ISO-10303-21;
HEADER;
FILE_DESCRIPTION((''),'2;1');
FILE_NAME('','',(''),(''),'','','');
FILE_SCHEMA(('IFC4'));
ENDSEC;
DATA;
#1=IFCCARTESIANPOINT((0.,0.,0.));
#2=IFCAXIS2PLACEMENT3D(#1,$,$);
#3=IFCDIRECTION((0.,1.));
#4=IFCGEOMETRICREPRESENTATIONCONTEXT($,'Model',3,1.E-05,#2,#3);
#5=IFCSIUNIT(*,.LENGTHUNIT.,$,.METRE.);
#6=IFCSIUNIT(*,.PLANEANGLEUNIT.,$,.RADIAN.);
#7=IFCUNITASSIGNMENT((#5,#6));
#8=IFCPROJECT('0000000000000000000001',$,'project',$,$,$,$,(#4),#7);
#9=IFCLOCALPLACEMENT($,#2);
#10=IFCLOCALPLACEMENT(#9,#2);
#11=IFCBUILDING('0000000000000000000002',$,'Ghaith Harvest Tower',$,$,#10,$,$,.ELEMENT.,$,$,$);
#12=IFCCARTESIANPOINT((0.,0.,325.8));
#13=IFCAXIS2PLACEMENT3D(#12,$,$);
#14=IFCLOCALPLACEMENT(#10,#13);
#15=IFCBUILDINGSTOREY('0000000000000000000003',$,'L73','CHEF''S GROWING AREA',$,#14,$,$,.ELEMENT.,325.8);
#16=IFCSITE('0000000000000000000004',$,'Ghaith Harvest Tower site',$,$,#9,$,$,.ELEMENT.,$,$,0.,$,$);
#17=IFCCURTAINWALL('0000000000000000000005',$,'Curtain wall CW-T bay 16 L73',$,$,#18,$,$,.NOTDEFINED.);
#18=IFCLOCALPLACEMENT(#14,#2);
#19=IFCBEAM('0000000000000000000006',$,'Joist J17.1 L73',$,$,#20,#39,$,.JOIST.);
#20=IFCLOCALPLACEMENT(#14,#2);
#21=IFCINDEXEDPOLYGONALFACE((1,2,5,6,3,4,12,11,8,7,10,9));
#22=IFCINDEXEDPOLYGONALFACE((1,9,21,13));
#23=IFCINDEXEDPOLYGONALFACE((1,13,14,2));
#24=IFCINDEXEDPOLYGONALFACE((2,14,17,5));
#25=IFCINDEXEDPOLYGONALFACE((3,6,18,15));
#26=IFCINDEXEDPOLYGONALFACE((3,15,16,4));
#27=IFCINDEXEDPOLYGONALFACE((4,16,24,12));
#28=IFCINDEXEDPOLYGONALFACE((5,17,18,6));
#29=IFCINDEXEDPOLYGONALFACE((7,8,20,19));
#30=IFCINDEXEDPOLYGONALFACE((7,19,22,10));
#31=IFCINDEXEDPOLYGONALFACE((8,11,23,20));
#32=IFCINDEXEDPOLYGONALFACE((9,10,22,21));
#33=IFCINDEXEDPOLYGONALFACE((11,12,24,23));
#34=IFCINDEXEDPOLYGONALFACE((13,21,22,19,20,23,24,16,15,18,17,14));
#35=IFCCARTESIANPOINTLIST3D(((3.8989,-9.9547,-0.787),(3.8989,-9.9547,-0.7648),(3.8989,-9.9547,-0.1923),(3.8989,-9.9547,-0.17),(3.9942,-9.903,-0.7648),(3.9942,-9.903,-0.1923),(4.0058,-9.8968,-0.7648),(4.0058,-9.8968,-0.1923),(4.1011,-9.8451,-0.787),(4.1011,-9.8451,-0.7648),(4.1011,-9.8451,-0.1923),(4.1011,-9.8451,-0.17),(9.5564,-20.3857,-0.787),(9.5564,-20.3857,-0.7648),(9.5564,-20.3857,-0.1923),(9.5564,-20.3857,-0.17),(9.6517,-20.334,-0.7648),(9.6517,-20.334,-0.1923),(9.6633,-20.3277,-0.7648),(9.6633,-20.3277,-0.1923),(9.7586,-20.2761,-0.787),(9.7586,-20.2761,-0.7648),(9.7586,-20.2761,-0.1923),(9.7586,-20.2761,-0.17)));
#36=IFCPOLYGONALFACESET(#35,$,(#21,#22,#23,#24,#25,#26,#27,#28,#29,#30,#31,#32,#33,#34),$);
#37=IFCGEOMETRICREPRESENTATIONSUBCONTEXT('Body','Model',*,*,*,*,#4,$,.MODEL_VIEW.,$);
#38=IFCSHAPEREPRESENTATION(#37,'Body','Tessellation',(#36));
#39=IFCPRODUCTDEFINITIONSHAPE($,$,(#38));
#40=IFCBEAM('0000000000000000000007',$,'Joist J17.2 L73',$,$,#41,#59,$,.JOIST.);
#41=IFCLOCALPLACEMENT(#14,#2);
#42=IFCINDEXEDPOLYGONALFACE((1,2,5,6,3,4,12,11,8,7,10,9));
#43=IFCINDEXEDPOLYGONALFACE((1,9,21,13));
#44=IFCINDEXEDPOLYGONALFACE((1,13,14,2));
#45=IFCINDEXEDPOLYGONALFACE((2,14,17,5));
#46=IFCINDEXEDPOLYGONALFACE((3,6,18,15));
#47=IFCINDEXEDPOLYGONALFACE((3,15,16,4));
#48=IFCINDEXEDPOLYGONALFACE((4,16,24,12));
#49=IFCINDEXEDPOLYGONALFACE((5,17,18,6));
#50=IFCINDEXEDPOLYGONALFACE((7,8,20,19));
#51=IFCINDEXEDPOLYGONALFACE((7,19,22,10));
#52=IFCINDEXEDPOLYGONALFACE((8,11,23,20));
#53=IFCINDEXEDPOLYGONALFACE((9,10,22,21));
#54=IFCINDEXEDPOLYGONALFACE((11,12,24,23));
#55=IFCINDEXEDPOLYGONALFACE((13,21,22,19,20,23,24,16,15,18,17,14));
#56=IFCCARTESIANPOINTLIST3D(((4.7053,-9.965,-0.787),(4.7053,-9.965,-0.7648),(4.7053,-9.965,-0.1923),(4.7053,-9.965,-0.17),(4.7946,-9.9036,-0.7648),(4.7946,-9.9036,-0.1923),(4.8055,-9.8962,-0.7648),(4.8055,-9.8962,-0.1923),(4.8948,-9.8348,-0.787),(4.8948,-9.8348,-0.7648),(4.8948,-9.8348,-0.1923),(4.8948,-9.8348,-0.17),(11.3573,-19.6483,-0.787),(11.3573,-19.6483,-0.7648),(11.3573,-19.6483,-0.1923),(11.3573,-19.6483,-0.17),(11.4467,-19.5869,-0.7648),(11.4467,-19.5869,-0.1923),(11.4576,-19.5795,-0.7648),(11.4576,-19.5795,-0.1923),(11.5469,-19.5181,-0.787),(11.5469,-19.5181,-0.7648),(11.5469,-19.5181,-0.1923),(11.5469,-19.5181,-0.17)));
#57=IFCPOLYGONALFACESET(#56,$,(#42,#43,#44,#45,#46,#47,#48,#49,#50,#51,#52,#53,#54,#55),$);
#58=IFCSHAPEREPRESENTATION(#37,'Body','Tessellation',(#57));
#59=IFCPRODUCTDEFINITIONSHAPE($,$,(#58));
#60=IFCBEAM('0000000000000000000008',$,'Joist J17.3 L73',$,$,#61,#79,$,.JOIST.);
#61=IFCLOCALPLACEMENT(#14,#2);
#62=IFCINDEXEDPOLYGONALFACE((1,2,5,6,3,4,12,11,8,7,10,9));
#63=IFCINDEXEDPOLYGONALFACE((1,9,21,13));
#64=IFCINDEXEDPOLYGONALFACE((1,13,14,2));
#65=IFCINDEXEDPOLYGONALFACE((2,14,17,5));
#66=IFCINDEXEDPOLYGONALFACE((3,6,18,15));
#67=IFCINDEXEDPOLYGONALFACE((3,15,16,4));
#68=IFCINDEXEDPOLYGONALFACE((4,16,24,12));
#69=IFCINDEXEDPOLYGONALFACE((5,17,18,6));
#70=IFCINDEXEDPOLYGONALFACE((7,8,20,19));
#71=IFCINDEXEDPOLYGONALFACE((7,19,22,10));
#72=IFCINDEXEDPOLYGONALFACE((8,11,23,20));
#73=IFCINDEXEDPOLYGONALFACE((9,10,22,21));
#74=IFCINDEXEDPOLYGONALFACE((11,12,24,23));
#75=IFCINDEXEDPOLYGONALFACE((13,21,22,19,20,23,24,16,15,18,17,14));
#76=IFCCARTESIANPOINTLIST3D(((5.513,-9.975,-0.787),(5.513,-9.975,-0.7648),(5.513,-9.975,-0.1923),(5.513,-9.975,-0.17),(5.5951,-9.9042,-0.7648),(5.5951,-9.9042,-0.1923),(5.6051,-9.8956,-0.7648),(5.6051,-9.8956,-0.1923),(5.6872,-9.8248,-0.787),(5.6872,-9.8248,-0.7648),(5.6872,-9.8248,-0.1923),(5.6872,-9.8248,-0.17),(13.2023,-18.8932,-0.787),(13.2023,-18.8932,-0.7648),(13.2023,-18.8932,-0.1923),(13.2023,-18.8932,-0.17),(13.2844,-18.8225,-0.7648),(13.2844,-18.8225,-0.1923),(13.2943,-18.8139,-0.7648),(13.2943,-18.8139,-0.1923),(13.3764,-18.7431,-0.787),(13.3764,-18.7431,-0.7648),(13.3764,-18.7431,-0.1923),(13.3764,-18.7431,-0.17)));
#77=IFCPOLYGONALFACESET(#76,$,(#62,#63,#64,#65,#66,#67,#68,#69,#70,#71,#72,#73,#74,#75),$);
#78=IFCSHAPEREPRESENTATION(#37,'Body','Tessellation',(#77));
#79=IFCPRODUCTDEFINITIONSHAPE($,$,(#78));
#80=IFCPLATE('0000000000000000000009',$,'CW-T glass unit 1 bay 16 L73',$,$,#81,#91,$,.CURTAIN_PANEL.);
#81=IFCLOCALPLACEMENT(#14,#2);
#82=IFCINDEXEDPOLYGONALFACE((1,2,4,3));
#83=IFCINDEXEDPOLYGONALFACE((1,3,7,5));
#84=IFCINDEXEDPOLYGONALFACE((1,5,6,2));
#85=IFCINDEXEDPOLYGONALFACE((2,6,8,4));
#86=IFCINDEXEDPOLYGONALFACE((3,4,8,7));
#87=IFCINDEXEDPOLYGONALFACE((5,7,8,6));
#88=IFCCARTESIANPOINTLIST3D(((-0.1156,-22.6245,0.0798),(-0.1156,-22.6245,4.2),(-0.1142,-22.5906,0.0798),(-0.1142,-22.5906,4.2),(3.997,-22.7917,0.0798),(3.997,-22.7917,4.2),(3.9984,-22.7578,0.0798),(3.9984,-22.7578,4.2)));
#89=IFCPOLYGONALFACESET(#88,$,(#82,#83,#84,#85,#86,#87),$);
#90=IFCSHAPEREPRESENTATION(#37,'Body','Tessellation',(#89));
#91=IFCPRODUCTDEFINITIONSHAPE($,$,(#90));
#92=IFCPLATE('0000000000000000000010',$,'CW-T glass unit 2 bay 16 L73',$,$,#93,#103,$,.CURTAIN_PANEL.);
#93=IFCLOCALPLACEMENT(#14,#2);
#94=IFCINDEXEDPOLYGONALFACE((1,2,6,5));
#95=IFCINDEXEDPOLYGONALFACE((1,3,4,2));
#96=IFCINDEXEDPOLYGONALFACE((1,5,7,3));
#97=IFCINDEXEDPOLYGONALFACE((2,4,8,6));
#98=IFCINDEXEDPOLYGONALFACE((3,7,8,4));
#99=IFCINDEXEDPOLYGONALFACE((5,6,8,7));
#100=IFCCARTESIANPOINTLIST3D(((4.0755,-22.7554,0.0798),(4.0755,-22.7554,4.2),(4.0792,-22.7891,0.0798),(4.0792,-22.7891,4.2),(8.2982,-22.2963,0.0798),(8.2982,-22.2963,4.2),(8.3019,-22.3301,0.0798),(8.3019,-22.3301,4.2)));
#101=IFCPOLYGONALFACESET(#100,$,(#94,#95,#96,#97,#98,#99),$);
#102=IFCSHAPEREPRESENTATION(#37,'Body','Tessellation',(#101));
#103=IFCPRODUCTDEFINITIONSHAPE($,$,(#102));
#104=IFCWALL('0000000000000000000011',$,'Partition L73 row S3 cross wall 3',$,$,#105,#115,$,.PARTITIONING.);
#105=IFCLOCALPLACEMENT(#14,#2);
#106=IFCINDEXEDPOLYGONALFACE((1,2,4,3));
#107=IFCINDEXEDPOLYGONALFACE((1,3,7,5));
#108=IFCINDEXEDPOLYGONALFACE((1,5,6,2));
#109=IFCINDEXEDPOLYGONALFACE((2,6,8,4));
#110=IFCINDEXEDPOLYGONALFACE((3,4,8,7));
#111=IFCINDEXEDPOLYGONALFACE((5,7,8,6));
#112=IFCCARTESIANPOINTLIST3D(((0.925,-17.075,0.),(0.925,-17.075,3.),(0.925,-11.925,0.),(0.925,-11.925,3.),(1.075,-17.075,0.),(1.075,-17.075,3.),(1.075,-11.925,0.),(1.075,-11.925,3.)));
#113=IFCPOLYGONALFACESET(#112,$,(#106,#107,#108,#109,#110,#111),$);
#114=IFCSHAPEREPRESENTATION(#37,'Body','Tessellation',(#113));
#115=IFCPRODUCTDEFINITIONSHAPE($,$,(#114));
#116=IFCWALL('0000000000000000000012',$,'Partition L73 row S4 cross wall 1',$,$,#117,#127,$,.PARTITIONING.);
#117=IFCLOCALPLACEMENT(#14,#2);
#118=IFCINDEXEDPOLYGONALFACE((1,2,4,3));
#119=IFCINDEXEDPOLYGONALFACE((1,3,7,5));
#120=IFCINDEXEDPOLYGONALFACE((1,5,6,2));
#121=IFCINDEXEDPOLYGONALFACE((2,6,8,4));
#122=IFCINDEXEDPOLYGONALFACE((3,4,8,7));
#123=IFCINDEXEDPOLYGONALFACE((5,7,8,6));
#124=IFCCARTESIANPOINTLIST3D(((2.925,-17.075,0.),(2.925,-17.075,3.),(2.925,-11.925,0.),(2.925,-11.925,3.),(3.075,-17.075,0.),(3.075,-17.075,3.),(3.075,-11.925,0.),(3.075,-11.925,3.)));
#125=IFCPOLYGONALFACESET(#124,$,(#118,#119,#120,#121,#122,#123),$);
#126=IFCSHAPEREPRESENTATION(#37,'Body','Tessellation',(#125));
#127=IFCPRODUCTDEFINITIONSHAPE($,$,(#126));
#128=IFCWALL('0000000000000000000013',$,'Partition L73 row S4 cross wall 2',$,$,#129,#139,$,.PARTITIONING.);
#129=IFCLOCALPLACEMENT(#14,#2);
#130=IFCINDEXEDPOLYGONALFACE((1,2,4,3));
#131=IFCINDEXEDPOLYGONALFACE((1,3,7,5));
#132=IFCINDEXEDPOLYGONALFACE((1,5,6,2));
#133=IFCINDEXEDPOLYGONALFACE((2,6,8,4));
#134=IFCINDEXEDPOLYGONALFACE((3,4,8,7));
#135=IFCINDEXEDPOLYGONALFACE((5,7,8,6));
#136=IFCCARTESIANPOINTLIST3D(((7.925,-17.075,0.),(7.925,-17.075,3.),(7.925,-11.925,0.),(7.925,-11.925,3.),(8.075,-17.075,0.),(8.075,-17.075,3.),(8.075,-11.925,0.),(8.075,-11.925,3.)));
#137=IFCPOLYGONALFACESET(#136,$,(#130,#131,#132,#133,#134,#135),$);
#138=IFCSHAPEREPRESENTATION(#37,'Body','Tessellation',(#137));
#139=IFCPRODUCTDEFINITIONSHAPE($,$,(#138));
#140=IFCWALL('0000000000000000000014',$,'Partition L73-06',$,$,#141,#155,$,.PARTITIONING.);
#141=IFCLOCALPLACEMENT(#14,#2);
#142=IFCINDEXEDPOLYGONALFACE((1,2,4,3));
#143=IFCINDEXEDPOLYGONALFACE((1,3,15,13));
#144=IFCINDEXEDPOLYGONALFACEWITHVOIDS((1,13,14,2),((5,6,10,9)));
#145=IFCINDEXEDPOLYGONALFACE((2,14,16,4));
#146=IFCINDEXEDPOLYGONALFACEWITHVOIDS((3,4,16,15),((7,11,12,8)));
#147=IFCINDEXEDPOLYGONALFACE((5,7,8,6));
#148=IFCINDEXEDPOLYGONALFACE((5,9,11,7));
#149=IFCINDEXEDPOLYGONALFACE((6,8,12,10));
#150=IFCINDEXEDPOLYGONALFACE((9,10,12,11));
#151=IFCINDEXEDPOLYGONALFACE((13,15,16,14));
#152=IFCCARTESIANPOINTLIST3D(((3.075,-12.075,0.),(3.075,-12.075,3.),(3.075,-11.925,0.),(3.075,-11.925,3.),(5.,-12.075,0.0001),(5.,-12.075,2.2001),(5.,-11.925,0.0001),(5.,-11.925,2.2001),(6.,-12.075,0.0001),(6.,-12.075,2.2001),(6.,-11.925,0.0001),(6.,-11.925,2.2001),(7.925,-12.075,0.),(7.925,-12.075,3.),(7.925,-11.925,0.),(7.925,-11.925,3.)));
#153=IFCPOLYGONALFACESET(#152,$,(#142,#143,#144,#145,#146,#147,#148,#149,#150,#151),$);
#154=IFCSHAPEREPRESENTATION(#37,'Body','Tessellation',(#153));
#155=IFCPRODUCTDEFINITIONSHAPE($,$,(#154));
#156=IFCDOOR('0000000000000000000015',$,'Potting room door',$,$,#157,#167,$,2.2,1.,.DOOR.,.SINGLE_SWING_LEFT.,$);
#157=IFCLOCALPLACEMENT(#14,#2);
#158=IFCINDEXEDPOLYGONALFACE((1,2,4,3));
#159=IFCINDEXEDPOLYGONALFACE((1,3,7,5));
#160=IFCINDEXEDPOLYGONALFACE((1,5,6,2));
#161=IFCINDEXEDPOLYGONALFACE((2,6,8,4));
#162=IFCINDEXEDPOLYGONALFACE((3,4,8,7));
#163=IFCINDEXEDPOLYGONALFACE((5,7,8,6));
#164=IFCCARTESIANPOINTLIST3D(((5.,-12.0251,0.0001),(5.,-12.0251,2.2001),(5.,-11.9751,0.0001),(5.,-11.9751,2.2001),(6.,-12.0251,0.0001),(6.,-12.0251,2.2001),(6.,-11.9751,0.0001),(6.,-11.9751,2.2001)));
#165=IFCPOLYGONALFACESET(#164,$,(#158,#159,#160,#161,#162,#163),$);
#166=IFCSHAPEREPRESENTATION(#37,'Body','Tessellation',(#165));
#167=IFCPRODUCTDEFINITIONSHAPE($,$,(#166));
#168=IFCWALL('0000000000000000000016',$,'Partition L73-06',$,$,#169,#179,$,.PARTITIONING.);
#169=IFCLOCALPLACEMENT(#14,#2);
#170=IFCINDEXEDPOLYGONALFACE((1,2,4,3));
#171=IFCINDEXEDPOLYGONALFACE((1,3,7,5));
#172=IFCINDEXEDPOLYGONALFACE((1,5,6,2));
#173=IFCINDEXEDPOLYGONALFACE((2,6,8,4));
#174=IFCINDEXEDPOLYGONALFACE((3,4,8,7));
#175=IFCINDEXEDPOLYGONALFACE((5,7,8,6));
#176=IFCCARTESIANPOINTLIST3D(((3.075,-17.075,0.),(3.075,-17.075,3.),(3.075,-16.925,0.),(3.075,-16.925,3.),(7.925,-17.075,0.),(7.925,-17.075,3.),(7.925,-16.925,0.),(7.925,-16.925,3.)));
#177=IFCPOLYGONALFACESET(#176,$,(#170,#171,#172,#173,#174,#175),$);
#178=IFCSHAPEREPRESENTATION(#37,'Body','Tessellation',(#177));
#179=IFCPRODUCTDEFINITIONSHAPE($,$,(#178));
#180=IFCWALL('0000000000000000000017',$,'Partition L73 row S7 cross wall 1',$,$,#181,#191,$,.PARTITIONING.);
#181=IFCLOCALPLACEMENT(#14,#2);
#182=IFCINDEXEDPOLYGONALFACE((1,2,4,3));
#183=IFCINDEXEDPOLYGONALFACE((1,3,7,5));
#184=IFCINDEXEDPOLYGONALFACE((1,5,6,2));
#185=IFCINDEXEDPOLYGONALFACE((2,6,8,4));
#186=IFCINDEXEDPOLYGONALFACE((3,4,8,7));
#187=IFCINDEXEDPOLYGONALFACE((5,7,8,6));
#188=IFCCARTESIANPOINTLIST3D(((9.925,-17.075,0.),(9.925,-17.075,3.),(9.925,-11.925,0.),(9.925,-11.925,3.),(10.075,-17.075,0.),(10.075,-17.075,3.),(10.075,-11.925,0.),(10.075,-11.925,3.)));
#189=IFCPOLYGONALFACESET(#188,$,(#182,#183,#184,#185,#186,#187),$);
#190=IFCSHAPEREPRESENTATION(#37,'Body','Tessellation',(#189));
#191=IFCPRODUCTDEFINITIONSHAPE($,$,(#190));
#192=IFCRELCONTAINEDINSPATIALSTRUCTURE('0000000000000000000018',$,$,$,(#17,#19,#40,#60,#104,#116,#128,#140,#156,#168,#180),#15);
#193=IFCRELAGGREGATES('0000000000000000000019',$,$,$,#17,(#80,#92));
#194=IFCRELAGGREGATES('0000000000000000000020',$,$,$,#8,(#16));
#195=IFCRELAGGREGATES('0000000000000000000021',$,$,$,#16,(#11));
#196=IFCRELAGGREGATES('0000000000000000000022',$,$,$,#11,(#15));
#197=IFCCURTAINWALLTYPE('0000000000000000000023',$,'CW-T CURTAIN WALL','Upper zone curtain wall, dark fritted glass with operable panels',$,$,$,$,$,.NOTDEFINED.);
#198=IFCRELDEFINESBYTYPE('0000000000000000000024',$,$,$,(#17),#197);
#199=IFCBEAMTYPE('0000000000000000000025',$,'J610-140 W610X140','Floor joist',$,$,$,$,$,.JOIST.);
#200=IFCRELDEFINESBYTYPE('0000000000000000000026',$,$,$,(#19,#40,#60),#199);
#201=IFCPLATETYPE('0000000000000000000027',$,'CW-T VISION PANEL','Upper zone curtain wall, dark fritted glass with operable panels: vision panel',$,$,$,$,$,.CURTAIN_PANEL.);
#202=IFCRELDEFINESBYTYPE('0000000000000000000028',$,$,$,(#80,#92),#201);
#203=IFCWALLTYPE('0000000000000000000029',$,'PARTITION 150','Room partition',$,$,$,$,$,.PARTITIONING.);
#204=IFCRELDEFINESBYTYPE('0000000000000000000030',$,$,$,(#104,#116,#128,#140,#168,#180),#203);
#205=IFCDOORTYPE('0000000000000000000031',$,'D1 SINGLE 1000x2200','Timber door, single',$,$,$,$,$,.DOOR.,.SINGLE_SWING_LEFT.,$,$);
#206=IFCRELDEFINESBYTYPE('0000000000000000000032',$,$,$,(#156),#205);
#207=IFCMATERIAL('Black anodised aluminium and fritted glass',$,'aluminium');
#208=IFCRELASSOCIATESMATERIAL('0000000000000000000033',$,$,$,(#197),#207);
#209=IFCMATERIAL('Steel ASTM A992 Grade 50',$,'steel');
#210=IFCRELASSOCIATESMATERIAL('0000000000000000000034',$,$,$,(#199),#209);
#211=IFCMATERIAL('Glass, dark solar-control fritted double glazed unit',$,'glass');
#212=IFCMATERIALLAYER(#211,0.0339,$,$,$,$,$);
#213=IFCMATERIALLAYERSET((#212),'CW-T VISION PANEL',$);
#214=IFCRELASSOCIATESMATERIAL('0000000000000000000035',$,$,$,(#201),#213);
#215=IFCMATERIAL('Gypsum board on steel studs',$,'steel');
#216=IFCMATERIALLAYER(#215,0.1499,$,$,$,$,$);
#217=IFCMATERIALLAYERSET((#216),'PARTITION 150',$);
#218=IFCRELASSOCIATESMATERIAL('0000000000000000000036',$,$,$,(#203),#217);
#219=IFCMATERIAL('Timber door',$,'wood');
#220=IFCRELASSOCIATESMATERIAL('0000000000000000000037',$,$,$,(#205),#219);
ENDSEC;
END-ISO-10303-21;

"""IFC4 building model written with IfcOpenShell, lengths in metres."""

from ifc_helpers import new_model, si_unit, direction, frame, frame_2d, origin, origin_2d, place, context, subcontext, project, spatial, rectangle, i_section, extrude, material, layer, layer_set, material_profile, profile_set, type_object, element, fill, aggregate, save


model = new_model("IFC4")

# Units and contexts
model_context = context("Model", 3, precision=1e-05, world=origin(), true_north=direction((0.0, 1.0)))
body_context = subcontext(model_context, "Body", "Model", "MODEL_VIEW")
ifc_project = project(units=[si_unit("LENGTHUNIT", "METRE"), si_unit("PLANEANGLEUNIT", "RADIAN")], contexts=[model_context])

# Site, building, storey
site_placement = place(None, origin())
site = spatial("IfcSite", under=ifc_project, at=site_placement, Name="Ghaith Harvest Tower site", CompositionType="ELEMENT", RefElevation=0.0)
building_placement = place(site_placement, origin())
building = spatial("IfcBuilding", under=site, at=building_placement, Name="Ghaith Harvest Tower", CompositionType="ELEMENT")
storey_placement = place(building_placement, frame((0.0, 0.0, 325.8)))
storey = spatial("IfcBuildingStorey", under=building, at=storey_placement, Name="L73", Description="CHEF'S GROWING AREA", CompositionType="ELEMENT", Elevation=325.8)

# Curtain wall
ifc_material_1 = material(Name="Black anodised aluminium and fritted glass", Category="aluminium")
curtain_wall_type = type_object("IfcCurtainWallType", Name="CW-T CURTAIN WALL", Description="Upper zone curtain wall, dark fritted glass with operable panels", PredefinedType="NOTDEFINED", material=ifc_material_1)
curtain_wall_1_placement = place(storey_placement, origin())
curtain_wall_1 = element("IfcCurtainWall", 1, at=curtain_wall_1_placement, inside=storey, type_object=curtain_wall_type, Name="Curtain wall CW-T bay 16 L73", PredefinedType="NOTDEFINED")

# Beams
ifc_material_2 = material(Name="Steel ASTM A992 Grade 50", Category="steel")
ifc_material_profile_1 = material_profile(ifc_material_2, i_section(OverallWidth=0.23, OverallDepth=0.6169, WebThickness=0.0132, FlangeThickness=0.0222, at=origin_2d()), Name="W610X140")
ifc_profile_set_1 = profile_set([ifc_material_profile_1], Name="Steel ASTM A992 Grade 50")
beam_type_1 = type_object("IfcBeamType", Name="J610-140 W610X140", Description="Floor joist", PredefinedType="JOIST", material=ifc_profile_set_1)
beam_1_placement = place(storey_placement, frame((4.0, -9.8999, -0.4785), z_axis=(0.476765, -0.879031, 0.0), x_axis=(0.879031, 0.476765, 0.0)))
element("IfcBeam", 2, at=beam_1_placement, inside=storey, type_object=beam_type_1, Name="Joist J17.1 L73", PredefinedType="JOIST", context=body_context, shape_type="SweptSolid", body=[
    extrude(i_section(OverallWidth=0.23, OverallDepth=0.6169, WebThickness=0.0132, FlangeThickness=0.0222, at=origin_2d()), origin(), (0.0, 0.0, 1.0), 11.8665),
])
beam_2_placement = place(storey_placement, frame((4.8, -9.8999, -0.4785), z_axis=(0.566228, -0.824249, 0.0), x_axis=(0.824249, 0.566228, 0.0)))
element("IfcBeam", 3, at=beam_2_placement, inside=storey, type_object=beam_type_1, Name="Joist J17.2 L73", PredefinedType="JOIST", context=body_context, shape_type="SweptSolid", body=[
    extrude(i_section(OverallWidth=0.23, OverallDepth=0.6169, WebThickness=0.0132, FlangeThickness=0.0222, at=origin_2d()), origin(), (0.0, 0.0, 1.0), 11.748),
])
beam_3_placement = place(storey_placement, frame((5.6001, -9.8999, -0.4785), z_axis=(0.652993, -0.757364, 0.0), x_axis=(0.757364, 0.652993, 0.0)))
element("IfcBeam", 4, at=beam_3_placement, inside=storey, type_object=beam_type_1, Name="Joist J17.3 L73", PredefinedType="JOIST", context=body_context, shape_type="SweptSolid", body=[
    extrude(i_section(OverallWidth=0.23, OverallDepth=0.6169, WebThickness=0.0132, FlangeThickness=0.0222, at=origin_2d()), origin(), (0.0, 0.0, 1.0), 11.7754),
])

# Plates
ifc_material_3 = material(Name="Glass, dark solar-control fritted double glazed unit", Category="glass")
ifc_layer_1 = layer(ifc_material_3, 0.0339)
ifc_layer_set_1 = layer_set([ifc_layer_1], Name="CW-T VISION PANEL")
plate_type = type_object("IfcPlateType", Name="CW-T VISION PANEL", Description="Upper zone curtain wall, dark fritted glass with operable panels: vision panel", PredefinedType="CURTAIN_PANEL", material=ifc_layer_set_1)
plate_1_placement = place(storey_placement, frame((1.9414, -22.6912, 0.0798), z_axis=(0.0, 0.0, 1.0), x_axis=(0.999174, -0.040638, 0.0)))
plate_1 = element("IfcPlate", 5, at=plate_1_placement, type_object=plate_type, Name="CW-T glass unit 1 bay 16 L73", PredefinedType="CURTAIN_PANEL", context=body_context, shape_type="SweptSolid", body=[
    extrude(rectangle(XDim=4.116, YDim=0.0339, at=origin_2d()), origin(), (0.0, 0.0, 1.0), 4.1201),
])
plate_2_placement = place(storey_placement, frame((6.1887, -22.5427, 0.0798), z_axis=(0.0, 0.0, 1.0), x_axis=(0.994143, 0.108074, 0.0)))
plate_2 = element("IfcPlate", 6, at=plate_2_placement, type_object=plate_type, Name="CW-T glass unit 2 bay 16 L73", PredefinedType="CURTAIN_PANEL", context=body_context, shape_type="SweptSolid", body=[
    extrude(rectangle(XDim=4.2476, YDim=0.0339, at=origin_2d()), origin(), (0.0, 0.0, 1.0), 4.1201),
])
aggregate(curtain_wall_1, [plate_1, plate_2])

# Walls
ifc_material_4 = material(Name="Gypsum board on steel studs", Category="steel")
ifc_layer_2 = layer(ifc_material_4, 0.1499)
ifc_layer_set_2 = layer_set([ifc_layer_2], Name="PARTITION 150")
wall_type = type_object("IfcWallType", Name="PARTITION 150", Description="Room partition", PredefinedType="PARTITIONING", material=ifc_layer_set_2)
for number, where, z_axis, x_axis, name in (
    (7, (1.0, -11.925, 0.0), (0.0, 0.0, 1.0), (0.0, -1.0, 0.0), "Partition L73 row S3 cross wall 3"),
    (8, (3.0, -11.925, 0.0), (0.0, 0.0, 1.0), (0.0, -1.0, 0.0), "Partition L73 row S4 cross wall 1"),
    (9, (8.0, -11.925, 0.0), (0.0, 0.0, 1.0), (0.0, -1.0, 0.0), "Partition L73 row S4 cross wall 2"),
):
    element("IfcWall", number, at=place(storey_placement, frame(where, z_axis=z_axis, x_axis=x_axis)), inside=storey, type_object=wall_type, Name=name, PredefinedType="PARTITIONING", context=body_context, shape_type="SweptSolid", body=[
        extrude(rectangle(XDim=5.1499, YDim=0.1499, at=frame_2d((2.575, 0.0))), origin(), (0.0, 0.0, 1.0), 3.0),
    ])

# Wall, opening, door
wall_1_placement = place(storey_placement, frame((3.075, -12.0, 0.0), z_axis=(0.0, 0.0, 1.0), x_axis=(1.0, 0.0, 0.0)))
wall_1 = element("IfcWall", 10, at=wall_1_placement, inside=storey, type_object=wall_type, Name="Partition L73-06", PredefinedType="PARTITIONING", context=body_context, shape_type="SweptSolid", body=[
    extrude(rectangle(XDim=4.8501, YDim=0.1499, at=frame_2d((2.425, 0.0))), origin(), (0.0, 0.0, 1.0), 3.0),
])
opening_1_placement = place(wall_1_placement, frame((1.925, 0.0, 0.0)))
opening_1 = element("IfcOpeningElement", 11, at=opening_1_placement, cuts=wall_1, PredefinedType="OPENING", context=body_context, shape_type="SweptSolid", body=[
    extrude(rectangle(XDim=1.0, YDim=2.2, at=frame_2d((0.5, 1.1001))), frame((0.0, 0.085, 0.0), z_axis=(0.0, -1.0, 0.0), x_axis=(1.0, 0.0, 0.0)), (0.0, 0.0, 1.0), 0.1699),
])
ifc_material_5 = material(Name="Timber door", Category="wood")
door_type = type_object("IfcDoorType", Name="D1 SINGLE 1000x2200", Description="Timber door, single", OperationType="SINGLE_SWING_LEFT", PredefinedType="DOOR", material=ifc_material_5)
door_1_placement = place(opening_1_placement, origin())
door_1 = element("IfcDoor", 12, at=door_1_placement, inside=storey, type_object=door_type, Name="Potting room door", OperationType="SINGLE_SWING_LEFT", OverallHeight=2.2, OverallWidth=1.0, PredefinedType="DOOR", context=body_context, shape_type="SweptSolid", body=[
    extrude(rectangle(XDim=1.0, YDim=2.2, at=frame_2d((0.5, 1.1001))), frame((0.0, 0.0249, 0.0), z_axis=(0.0, -1.0, 0.0), x_axis=(1.0, 0.0, 0.0)), (0.0, 0.0, 1.0), 0.05),
])
fill(opening_1, door_1)

# Walls
wall_2_placement = place(storey_placement, frame((3.075, -17.0, 0.0), z_axis=(0.0, 0.0, 1.0), x_axis=(1.0, 0.0, 0.0)))
element("IfcWall", 13, at=wall_2_placement, inside=storey, type_object=wall_type, Name="Partition L73-06", PredefinedType="PARTITIONING", context=body_context, shape_type="SweptSolid", body=[
    extrude(rectangle(XDim=4.8501, YDim=0.1499, at=frame_2d((2.425, 0.0))), origin(), (0.0, 0.0, 1.0), 3.0),
])
wall_3_placement = place(storey_placement, frame((10.0, -11.925, 0.0), z_axis=(0.0, 0.0, 1.0), x_axis=(0.0, -1.0, 0.0)))
element("IfcWall", 14, at=wall_3_placement, inside=storey, type_object=wall_type, Name="Partition L73 row S7 cross wall 1", PredefinedType="PARTITIONING", context=body_context, shape_type="SweptSolid", body=[
    extrude(rectangle(XDim=5.1499, YDim=0.1499, at=frame_2d((2.575, 0.0))), origin(), (0.0, 0.0, 1.0), 3.0),
])

save(model, "model.ifc")
